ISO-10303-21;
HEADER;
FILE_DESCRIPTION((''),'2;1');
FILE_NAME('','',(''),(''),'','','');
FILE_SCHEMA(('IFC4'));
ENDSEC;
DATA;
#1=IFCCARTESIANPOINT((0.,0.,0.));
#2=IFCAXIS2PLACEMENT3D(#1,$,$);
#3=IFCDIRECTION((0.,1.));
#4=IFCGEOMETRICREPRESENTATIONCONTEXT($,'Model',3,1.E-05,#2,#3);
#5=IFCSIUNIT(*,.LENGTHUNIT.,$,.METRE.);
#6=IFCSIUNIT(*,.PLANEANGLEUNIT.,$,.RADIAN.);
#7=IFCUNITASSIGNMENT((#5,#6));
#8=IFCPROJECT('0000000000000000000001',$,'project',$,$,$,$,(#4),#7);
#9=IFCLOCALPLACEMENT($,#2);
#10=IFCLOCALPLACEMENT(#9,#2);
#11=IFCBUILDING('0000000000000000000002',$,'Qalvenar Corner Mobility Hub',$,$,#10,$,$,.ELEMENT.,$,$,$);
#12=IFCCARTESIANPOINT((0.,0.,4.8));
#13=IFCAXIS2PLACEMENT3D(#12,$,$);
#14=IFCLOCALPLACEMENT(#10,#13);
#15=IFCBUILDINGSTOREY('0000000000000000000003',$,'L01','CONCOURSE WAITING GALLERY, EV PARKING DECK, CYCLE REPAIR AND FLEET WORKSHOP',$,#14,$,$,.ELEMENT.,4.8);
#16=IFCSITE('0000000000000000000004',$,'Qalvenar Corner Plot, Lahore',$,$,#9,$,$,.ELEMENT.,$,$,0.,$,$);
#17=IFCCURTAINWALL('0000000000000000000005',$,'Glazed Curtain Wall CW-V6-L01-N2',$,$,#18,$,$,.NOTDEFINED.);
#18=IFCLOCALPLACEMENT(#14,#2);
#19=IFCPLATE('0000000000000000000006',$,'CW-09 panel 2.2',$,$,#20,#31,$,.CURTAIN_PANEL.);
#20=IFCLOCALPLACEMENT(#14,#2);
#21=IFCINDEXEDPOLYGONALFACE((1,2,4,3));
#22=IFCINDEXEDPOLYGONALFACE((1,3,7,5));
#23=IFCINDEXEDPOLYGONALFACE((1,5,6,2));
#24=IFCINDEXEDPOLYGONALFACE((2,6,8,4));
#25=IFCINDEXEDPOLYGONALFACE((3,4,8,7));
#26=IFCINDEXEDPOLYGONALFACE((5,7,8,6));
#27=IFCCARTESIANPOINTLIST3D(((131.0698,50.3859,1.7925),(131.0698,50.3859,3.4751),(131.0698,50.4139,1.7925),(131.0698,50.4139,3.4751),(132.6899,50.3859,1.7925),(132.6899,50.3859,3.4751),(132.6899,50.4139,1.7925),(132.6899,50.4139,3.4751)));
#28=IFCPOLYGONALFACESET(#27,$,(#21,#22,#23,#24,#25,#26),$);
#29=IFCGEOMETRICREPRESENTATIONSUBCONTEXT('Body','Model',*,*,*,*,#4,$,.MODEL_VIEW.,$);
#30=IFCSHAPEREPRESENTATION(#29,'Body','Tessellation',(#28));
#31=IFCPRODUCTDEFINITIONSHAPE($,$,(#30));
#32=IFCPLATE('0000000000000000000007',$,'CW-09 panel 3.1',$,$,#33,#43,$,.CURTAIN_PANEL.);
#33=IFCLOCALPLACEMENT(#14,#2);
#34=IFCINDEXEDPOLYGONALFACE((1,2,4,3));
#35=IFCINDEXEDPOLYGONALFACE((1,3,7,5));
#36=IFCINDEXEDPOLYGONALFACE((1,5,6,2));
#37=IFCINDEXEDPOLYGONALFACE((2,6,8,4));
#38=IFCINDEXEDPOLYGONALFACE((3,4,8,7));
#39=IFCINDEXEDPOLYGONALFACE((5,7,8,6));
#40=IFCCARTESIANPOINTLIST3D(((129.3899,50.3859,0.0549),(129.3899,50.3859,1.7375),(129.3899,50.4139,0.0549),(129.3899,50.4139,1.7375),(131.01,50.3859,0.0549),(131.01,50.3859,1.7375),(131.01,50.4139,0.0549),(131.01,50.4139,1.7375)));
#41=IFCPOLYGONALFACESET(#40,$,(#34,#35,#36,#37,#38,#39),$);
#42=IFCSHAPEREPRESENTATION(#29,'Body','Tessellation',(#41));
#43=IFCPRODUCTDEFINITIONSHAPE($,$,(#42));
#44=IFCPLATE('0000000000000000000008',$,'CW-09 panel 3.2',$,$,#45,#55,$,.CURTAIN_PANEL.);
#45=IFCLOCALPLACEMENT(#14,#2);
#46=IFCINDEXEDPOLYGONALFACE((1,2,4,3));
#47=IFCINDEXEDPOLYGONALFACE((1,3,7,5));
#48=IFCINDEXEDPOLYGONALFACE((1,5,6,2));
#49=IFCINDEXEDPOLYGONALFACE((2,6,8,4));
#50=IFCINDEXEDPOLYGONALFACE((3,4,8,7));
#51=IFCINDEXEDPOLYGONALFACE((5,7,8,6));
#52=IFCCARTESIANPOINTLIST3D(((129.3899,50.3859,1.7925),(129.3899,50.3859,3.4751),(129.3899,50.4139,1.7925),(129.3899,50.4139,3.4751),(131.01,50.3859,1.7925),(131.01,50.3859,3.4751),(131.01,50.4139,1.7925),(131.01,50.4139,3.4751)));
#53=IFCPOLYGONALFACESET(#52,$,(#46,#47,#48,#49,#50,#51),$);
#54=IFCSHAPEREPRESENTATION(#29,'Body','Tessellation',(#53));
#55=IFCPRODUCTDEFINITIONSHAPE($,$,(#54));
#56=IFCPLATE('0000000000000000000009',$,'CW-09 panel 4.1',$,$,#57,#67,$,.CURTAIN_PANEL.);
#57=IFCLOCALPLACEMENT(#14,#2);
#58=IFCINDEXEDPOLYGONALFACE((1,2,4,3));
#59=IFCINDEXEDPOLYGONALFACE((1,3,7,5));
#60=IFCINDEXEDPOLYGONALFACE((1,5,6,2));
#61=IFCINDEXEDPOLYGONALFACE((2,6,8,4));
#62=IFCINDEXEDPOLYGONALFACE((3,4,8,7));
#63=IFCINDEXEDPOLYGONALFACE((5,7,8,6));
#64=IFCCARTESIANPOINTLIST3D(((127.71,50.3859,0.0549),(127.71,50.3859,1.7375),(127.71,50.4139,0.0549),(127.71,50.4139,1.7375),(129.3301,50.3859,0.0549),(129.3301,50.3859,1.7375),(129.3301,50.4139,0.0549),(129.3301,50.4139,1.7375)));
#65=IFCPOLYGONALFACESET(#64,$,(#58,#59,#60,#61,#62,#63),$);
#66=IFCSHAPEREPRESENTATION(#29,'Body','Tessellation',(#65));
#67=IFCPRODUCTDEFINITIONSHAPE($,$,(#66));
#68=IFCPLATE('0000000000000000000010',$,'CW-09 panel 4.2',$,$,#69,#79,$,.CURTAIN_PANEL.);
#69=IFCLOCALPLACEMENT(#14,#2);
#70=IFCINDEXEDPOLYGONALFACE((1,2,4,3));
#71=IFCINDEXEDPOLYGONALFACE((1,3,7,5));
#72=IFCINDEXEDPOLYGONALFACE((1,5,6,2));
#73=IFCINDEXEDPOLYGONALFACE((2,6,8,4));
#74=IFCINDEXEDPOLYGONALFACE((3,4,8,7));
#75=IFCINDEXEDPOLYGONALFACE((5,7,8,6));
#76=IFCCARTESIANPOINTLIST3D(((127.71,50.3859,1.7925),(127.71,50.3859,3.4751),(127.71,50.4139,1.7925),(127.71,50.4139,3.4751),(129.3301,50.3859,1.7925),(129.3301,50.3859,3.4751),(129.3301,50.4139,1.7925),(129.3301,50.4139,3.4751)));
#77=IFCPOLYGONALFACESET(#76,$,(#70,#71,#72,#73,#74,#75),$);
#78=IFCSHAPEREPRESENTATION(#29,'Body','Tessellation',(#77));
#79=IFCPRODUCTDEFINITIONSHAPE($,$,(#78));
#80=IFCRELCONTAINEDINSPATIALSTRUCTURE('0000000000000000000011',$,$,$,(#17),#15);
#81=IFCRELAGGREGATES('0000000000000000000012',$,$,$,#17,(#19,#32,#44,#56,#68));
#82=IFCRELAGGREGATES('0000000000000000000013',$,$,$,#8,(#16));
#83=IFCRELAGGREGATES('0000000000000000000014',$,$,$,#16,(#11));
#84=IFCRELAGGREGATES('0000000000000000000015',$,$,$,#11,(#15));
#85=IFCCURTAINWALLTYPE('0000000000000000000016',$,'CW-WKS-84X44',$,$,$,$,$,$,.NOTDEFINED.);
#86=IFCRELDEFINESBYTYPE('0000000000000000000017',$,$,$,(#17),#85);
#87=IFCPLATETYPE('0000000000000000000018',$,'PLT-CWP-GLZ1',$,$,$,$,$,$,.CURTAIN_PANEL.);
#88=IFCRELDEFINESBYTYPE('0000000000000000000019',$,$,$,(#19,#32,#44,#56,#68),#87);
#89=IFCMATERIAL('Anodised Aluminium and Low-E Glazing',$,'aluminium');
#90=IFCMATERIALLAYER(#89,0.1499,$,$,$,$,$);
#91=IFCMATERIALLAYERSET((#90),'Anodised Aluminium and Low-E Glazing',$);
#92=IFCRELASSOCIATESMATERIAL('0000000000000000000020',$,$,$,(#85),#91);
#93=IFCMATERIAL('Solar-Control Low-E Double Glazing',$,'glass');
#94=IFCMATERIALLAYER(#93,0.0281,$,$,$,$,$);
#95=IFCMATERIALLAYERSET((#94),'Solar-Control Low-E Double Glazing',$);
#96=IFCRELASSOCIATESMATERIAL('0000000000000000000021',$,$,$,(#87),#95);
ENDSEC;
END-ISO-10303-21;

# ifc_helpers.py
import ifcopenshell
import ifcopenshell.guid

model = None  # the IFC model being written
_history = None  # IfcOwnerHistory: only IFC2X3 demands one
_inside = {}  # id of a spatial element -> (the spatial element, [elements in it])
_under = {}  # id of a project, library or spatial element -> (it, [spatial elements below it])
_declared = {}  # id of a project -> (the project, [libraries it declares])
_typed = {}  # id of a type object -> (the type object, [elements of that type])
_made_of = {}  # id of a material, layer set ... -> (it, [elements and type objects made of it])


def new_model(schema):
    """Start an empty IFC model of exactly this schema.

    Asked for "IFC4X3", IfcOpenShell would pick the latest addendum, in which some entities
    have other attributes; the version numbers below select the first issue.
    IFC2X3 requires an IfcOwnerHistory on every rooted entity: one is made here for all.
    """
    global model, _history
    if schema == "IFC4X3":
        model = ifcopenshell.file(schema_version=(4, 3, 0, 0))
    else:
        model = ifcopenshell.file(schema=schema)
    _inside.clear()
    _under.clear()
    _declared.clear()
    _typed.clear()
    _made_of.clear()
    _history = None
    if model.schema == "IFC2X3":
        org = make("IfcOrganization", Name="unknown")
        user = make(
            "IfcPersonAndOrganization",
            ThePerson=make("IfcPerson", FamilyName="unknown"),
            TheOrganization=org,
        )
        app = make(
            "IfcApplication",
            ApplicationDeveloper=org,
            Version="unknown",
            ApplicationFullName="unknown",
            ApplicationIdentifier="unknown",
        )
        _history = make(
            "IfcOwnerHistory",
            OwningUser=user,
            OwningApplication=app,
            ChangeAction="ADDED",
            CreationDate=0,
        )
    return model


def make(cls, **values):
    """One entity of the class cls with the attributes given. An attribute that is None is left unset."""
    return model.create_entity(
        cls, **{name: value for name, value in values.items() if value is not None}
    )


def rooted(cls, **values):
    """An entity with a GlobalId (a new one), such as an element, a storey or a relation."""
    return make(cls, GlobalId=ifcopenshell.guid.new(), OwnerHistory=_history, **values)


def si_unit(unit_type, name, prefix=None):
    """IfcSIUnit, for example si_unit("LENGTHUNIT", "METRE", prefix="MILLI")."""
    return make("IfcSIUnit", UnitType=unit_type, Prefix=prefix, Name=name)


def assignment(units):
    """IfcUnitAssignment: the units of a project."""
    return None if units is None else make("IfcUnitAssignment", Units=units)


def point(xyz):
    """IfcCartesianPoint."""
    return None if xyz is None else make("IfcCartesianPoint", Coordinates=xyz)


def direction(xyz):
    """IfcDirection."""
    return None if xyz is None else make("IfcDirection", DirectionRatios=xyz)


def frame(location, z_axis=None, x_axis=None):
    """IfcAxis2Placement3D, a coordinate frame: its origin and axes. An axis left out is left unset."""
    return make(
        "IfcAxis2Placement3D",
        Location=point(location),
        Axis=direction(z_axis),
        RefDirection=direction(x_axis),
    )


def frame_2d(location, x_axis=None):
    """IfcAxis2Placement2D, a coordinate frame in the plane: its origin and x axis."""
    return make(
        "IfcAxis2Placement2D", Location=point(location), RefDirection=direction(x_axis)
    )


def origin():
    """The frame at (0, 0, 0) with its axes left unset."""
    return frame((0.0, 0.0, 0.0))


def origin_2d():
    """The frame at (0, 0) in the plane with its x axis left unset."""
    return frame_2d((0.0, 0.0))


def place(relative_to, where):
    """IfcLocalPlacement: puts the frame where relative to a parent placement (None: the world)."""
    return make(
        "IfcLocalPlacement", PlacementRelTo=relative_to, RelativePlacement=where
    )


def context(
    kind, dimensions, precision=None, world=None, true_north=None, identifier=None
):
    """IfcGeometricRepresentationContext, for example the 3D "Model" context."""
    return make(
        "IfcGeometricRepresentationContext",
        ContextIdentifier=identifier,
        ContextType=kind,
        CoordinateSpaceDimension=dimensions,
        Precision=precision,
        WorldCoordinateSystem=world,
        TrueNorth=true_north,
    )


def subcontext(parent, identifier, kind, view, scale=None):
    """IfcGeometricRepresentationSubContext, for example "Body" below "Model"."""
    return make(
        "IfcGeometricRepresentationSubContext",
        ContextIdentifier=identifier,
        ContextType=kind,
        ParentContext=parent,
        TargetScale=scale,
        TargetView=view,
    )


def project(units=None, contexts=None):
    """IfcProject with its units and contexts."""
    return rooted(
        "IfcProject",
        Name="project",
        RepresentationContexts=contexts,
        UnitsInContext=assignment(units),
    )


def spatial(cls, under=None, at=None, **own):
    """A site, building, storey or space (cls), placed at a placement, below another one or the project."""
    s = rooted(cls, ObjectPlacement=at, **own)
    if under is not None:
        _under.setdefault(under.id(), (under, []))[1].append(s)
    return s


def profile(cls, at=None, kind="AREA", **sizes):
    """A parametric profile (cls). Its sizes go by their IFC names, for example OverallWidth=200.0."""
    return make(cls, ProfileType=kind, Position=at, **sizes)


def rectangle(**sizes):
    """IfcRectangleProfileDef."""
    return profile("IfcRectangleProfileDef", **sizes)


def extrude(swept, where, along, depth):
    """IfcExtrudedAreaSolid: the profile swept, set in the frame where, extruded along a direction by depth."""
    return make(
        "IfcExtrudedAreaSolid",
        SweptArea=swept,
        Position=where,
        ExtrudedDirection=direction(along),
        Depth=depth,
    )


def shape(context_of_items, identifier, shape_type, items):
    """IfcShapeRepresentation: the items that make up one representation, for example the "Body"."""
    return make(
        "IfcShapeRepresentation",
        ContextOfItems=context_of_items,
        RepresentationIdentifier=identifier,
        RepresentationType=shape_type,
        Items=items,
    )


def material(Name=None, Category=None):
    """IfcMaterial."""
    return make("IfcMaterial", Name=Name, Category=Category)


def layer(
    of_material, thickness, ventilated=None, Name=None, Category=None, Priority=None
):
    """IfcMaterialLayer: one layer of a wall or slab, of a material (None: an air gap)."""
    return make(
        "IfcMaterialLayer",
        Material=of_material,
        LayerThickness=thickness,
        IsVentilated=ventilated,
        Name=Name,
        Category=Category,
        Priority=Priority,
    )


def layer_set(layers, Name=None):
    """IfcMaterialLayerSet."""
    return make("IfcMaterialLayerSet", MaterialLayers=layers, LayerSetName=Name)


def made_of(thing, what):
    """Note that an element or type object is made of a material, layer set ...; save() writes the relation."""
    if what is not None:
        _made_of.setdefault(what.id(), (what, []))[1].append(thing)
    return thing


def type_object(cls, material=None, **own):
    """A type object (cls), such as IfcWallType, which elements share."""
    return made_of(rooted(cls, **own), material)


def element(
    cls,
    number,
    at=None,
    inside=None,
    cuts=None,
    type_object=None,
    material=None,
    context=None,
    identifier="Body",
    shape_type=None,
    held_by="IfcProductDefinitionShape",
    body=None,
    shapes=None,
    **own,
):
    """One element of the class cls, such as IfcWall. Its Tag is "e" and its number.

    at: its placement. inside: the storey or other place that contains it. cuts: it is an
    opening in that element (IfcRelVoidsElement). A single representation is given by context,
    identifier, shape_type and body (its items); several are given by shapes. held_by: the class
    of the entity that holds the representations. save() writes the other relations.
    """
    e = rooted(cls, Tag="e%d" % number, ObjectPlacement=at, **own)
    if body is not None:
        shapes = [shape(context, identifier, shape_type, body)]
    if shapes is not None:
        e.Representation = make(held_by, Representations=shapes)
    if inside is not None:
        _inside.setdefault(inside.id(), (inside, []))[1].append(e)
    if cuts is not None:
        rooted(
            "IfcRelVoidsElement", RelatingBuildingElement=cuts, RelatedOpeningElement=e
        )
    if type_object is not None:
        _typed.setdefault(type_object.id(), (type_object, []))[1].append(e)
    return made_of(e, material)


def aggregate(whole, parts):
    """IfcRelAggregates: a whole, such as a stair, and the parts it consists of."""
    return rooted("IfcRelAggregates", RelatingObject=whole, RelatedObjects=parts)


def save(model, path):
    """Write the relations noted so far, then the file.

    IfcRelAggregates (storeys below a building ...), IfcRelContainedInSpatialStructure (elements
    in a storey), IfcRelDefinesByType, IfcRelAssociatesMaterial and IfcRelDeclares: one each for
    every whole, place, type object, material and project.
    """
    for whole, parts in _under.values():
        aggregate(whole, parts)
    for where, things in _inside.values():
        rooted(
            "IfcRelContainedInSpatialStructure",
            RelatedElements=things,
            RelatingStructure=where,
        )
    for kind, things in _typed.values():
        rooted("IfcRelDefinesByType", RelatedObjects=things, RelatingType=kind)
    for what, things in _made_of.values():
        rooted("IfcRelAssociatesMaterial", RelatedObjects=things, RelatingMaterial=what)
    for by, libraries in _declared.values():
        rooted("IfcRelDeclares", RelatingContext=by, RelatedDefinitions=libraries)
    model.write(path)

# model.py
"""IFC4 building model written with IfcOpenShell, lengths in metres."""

from ifc_helpers import new_model, si_unit, direction, frame, origin, origin_2d, place, context, subcontext, project, spatial, rectangle, extrude, material, layer, layer_set, type_object, element, aggregate, save


model = new_model("IFC4")

# Units and contexts
model_context = context("Model", 3, precision=1e-05, world=origin(), true_north=direction((0.0, 1.0)))
body_context = subcontext(model_context, "Body", "Model", "MODEL_VIEW")
ifc_project = project(units=[si_unit("LENGTHUNIT", "METRE"), si_unit("PLANEANGLEUNIT", "RADIAN")], contexts=[model_context])

# Site, building, storey
site_placement = place(None, origin())
site = spatial("IfcSite", under=ifc_project, at=site_placement, Name="Qalvenar Corner Plot, Lahore", CompositionType="ELEMENT", RefElevation=0.0)
building_placement = place(site_placement, origin())
building = spatial("IfcBuilding", under=site, at=building_placement, Name="Qalvenar Corner Mobility Hub", CompositionType="ELEMENT")
storey_placement = place(building_placement, frame((0.0, 0.0, 4.8)))
storey = spatial("IfcBuildingStorey", under=building, at=storey_placement, Name="L01", Description="CONCOURSE WAITING GALLERY, EV PARKING DECK, CYCLE REPAIR AND FLEET WORKSHOP", CompositionType="ELEMENT", Elevation=4.8)

# Curtain wall
ifc_material_1 = material(Name="Anodised Aluminium and Low-E Glazing", Category="aluminium")
ifc_layer_1 = layer(ifc_material_1, 0.1499)
ifc_layer_set_1 = layer_set([ifc_layer_1], Name="Anodised Aluminium and Low-E Glazing")
curtain_wall_type = type_object("IfcCurtainWallType", Name="CW-WKS-84X44", PredefinedType="NOTDEFINED", material=ifc_layer_set_1)
curtain_wall_placement = place(storey_placement, origin())
curtain_wall = element("IfcCurtainWall", 1, at=curtain_wall_placement, inside=storey, type_object=curtain_wall_type, Name="Glazed Curtain Wall CW-V6-L01-N2", PredefinedType="NOTDEFINED")

# Plates
ifc_material_2 = material(Name="Solar-Control Low-E Double Glazing", Category="glass")
ifc_layer_2 = layer(ifc_material_2, 0.0281)
ifc_layer_set_2 = layer_set([ifc_layer_2], Name="Solar-Control Low-E Double Glazing")
plate_type_1 = type_object("IfcPlateType", Name="PLT-CWP-GLZ1", PredefinedType="CURTAIN_PANEL", material=ifc_layer_set_2)
plate_1_placement = place(storey_placement, frame((131.8799, 50.3999, 1.7925), z_axis=(0.0, 0.0, 1.0), x_axis=(-1.0, 0.0, 0.0)))
plate_1 = element("IfcPlate", 2, at=plate_1_placement, type_object=plate_type_1, Name="CW-09 panel 2.2", PredefinedType="CURTAIN_PANEL", context=body_context, shape_type="SweptSolid", body=[
    extrude(rectangle(XDim=1.6201, YDim=0.0281, at=origin_2d()), origin(), (0.0, 0.0, 1.0), 1.6826),
])
plate_2_placement = place(storey_placement, frame((130.2, 50.3999, 0.0549), z_axis=(0.0, 0.0, 1.0), x_axis=(-1.0, 0.0, 0.0)))
plate_2 = element("IfcPlate", 3, at=plate_2_placement, type_object=plate_type_1, Name="CW-09 panel 3.1", PredefinedType="CURTAIN_PANEL", context=body_context, shape_type="SweptSolid", body=[
    extrude(rectangle(XDim=1.6201, YDim=0.0281, at=origin_2d()), origin(), (0.0, 0.0, 1.0), 1.6826),
])
plate_3_placement = place(storey_placement, frame((130.2, 50.3999, 1.7925), z_axis=(0.0, 0.0, 1.0), x_axis=(-1.0, 0.0, 0.0)))
plate_3 = element("IfcPlate", 4, at=plate_3_placement, type_object=plate_type_1, Name="CW-09 panel 3.2", PredefinedType="CURTAIN_PANEL", context=body_context, shape_type="SweptSolid", body=[
    extrude(rectangle(XDim=1.6201, YDim=0.0281, at=origin_2d()), origin(), (0.0, 0.0, 1.0), 1.6826),
])
plate_4_placement = place(storey_placement, frame((128.52, 50.3999, 0.0549), z_axis=(0.0, 0.0, 1.0), x_axis=(-1.0, 0.0, 0.0)))
plate_4 = element("IfcPlate", 5, at=plate_4_placement, type_object=plate_type_1, Name="CW-09 panel 4.1", PredefinedType="CURTAIN_PANEL", context=body_context, shape_type="SweptSolid", body=[
    extrude(rectangle(XDim=1.6201, YDim=0.0281, at=origin_2d()), origin(), (0.0, 0.0, 1.0), 1.6826),
])
plate_5_placement = place(storey_placement, frame((128.52, 50.3999, 1.7925), z_axis=(0.0, 0.0, 1.0), x_axis=(-1.0, 0.0, 0.0)))
plate_5 = element("IfcPlate", 6, at=plate_5_placement, type_object=plate_type_1, Name="CW-09 panel 4.2", PredefinedType="CURTAIN_PANEL", context=body_context, shape_type="SweptSolid", body=[
    extrude(rectangle(XDim=1.6201, YDim=0.0281, at=origin_2d()), origin(), (0.0, 0.0, 1.0), 1.6826),
])
aggregate(curtain_wall, [plate_1, plate_2, plate_3, plate_4, plate_5])

save(model, "model.ifc")
